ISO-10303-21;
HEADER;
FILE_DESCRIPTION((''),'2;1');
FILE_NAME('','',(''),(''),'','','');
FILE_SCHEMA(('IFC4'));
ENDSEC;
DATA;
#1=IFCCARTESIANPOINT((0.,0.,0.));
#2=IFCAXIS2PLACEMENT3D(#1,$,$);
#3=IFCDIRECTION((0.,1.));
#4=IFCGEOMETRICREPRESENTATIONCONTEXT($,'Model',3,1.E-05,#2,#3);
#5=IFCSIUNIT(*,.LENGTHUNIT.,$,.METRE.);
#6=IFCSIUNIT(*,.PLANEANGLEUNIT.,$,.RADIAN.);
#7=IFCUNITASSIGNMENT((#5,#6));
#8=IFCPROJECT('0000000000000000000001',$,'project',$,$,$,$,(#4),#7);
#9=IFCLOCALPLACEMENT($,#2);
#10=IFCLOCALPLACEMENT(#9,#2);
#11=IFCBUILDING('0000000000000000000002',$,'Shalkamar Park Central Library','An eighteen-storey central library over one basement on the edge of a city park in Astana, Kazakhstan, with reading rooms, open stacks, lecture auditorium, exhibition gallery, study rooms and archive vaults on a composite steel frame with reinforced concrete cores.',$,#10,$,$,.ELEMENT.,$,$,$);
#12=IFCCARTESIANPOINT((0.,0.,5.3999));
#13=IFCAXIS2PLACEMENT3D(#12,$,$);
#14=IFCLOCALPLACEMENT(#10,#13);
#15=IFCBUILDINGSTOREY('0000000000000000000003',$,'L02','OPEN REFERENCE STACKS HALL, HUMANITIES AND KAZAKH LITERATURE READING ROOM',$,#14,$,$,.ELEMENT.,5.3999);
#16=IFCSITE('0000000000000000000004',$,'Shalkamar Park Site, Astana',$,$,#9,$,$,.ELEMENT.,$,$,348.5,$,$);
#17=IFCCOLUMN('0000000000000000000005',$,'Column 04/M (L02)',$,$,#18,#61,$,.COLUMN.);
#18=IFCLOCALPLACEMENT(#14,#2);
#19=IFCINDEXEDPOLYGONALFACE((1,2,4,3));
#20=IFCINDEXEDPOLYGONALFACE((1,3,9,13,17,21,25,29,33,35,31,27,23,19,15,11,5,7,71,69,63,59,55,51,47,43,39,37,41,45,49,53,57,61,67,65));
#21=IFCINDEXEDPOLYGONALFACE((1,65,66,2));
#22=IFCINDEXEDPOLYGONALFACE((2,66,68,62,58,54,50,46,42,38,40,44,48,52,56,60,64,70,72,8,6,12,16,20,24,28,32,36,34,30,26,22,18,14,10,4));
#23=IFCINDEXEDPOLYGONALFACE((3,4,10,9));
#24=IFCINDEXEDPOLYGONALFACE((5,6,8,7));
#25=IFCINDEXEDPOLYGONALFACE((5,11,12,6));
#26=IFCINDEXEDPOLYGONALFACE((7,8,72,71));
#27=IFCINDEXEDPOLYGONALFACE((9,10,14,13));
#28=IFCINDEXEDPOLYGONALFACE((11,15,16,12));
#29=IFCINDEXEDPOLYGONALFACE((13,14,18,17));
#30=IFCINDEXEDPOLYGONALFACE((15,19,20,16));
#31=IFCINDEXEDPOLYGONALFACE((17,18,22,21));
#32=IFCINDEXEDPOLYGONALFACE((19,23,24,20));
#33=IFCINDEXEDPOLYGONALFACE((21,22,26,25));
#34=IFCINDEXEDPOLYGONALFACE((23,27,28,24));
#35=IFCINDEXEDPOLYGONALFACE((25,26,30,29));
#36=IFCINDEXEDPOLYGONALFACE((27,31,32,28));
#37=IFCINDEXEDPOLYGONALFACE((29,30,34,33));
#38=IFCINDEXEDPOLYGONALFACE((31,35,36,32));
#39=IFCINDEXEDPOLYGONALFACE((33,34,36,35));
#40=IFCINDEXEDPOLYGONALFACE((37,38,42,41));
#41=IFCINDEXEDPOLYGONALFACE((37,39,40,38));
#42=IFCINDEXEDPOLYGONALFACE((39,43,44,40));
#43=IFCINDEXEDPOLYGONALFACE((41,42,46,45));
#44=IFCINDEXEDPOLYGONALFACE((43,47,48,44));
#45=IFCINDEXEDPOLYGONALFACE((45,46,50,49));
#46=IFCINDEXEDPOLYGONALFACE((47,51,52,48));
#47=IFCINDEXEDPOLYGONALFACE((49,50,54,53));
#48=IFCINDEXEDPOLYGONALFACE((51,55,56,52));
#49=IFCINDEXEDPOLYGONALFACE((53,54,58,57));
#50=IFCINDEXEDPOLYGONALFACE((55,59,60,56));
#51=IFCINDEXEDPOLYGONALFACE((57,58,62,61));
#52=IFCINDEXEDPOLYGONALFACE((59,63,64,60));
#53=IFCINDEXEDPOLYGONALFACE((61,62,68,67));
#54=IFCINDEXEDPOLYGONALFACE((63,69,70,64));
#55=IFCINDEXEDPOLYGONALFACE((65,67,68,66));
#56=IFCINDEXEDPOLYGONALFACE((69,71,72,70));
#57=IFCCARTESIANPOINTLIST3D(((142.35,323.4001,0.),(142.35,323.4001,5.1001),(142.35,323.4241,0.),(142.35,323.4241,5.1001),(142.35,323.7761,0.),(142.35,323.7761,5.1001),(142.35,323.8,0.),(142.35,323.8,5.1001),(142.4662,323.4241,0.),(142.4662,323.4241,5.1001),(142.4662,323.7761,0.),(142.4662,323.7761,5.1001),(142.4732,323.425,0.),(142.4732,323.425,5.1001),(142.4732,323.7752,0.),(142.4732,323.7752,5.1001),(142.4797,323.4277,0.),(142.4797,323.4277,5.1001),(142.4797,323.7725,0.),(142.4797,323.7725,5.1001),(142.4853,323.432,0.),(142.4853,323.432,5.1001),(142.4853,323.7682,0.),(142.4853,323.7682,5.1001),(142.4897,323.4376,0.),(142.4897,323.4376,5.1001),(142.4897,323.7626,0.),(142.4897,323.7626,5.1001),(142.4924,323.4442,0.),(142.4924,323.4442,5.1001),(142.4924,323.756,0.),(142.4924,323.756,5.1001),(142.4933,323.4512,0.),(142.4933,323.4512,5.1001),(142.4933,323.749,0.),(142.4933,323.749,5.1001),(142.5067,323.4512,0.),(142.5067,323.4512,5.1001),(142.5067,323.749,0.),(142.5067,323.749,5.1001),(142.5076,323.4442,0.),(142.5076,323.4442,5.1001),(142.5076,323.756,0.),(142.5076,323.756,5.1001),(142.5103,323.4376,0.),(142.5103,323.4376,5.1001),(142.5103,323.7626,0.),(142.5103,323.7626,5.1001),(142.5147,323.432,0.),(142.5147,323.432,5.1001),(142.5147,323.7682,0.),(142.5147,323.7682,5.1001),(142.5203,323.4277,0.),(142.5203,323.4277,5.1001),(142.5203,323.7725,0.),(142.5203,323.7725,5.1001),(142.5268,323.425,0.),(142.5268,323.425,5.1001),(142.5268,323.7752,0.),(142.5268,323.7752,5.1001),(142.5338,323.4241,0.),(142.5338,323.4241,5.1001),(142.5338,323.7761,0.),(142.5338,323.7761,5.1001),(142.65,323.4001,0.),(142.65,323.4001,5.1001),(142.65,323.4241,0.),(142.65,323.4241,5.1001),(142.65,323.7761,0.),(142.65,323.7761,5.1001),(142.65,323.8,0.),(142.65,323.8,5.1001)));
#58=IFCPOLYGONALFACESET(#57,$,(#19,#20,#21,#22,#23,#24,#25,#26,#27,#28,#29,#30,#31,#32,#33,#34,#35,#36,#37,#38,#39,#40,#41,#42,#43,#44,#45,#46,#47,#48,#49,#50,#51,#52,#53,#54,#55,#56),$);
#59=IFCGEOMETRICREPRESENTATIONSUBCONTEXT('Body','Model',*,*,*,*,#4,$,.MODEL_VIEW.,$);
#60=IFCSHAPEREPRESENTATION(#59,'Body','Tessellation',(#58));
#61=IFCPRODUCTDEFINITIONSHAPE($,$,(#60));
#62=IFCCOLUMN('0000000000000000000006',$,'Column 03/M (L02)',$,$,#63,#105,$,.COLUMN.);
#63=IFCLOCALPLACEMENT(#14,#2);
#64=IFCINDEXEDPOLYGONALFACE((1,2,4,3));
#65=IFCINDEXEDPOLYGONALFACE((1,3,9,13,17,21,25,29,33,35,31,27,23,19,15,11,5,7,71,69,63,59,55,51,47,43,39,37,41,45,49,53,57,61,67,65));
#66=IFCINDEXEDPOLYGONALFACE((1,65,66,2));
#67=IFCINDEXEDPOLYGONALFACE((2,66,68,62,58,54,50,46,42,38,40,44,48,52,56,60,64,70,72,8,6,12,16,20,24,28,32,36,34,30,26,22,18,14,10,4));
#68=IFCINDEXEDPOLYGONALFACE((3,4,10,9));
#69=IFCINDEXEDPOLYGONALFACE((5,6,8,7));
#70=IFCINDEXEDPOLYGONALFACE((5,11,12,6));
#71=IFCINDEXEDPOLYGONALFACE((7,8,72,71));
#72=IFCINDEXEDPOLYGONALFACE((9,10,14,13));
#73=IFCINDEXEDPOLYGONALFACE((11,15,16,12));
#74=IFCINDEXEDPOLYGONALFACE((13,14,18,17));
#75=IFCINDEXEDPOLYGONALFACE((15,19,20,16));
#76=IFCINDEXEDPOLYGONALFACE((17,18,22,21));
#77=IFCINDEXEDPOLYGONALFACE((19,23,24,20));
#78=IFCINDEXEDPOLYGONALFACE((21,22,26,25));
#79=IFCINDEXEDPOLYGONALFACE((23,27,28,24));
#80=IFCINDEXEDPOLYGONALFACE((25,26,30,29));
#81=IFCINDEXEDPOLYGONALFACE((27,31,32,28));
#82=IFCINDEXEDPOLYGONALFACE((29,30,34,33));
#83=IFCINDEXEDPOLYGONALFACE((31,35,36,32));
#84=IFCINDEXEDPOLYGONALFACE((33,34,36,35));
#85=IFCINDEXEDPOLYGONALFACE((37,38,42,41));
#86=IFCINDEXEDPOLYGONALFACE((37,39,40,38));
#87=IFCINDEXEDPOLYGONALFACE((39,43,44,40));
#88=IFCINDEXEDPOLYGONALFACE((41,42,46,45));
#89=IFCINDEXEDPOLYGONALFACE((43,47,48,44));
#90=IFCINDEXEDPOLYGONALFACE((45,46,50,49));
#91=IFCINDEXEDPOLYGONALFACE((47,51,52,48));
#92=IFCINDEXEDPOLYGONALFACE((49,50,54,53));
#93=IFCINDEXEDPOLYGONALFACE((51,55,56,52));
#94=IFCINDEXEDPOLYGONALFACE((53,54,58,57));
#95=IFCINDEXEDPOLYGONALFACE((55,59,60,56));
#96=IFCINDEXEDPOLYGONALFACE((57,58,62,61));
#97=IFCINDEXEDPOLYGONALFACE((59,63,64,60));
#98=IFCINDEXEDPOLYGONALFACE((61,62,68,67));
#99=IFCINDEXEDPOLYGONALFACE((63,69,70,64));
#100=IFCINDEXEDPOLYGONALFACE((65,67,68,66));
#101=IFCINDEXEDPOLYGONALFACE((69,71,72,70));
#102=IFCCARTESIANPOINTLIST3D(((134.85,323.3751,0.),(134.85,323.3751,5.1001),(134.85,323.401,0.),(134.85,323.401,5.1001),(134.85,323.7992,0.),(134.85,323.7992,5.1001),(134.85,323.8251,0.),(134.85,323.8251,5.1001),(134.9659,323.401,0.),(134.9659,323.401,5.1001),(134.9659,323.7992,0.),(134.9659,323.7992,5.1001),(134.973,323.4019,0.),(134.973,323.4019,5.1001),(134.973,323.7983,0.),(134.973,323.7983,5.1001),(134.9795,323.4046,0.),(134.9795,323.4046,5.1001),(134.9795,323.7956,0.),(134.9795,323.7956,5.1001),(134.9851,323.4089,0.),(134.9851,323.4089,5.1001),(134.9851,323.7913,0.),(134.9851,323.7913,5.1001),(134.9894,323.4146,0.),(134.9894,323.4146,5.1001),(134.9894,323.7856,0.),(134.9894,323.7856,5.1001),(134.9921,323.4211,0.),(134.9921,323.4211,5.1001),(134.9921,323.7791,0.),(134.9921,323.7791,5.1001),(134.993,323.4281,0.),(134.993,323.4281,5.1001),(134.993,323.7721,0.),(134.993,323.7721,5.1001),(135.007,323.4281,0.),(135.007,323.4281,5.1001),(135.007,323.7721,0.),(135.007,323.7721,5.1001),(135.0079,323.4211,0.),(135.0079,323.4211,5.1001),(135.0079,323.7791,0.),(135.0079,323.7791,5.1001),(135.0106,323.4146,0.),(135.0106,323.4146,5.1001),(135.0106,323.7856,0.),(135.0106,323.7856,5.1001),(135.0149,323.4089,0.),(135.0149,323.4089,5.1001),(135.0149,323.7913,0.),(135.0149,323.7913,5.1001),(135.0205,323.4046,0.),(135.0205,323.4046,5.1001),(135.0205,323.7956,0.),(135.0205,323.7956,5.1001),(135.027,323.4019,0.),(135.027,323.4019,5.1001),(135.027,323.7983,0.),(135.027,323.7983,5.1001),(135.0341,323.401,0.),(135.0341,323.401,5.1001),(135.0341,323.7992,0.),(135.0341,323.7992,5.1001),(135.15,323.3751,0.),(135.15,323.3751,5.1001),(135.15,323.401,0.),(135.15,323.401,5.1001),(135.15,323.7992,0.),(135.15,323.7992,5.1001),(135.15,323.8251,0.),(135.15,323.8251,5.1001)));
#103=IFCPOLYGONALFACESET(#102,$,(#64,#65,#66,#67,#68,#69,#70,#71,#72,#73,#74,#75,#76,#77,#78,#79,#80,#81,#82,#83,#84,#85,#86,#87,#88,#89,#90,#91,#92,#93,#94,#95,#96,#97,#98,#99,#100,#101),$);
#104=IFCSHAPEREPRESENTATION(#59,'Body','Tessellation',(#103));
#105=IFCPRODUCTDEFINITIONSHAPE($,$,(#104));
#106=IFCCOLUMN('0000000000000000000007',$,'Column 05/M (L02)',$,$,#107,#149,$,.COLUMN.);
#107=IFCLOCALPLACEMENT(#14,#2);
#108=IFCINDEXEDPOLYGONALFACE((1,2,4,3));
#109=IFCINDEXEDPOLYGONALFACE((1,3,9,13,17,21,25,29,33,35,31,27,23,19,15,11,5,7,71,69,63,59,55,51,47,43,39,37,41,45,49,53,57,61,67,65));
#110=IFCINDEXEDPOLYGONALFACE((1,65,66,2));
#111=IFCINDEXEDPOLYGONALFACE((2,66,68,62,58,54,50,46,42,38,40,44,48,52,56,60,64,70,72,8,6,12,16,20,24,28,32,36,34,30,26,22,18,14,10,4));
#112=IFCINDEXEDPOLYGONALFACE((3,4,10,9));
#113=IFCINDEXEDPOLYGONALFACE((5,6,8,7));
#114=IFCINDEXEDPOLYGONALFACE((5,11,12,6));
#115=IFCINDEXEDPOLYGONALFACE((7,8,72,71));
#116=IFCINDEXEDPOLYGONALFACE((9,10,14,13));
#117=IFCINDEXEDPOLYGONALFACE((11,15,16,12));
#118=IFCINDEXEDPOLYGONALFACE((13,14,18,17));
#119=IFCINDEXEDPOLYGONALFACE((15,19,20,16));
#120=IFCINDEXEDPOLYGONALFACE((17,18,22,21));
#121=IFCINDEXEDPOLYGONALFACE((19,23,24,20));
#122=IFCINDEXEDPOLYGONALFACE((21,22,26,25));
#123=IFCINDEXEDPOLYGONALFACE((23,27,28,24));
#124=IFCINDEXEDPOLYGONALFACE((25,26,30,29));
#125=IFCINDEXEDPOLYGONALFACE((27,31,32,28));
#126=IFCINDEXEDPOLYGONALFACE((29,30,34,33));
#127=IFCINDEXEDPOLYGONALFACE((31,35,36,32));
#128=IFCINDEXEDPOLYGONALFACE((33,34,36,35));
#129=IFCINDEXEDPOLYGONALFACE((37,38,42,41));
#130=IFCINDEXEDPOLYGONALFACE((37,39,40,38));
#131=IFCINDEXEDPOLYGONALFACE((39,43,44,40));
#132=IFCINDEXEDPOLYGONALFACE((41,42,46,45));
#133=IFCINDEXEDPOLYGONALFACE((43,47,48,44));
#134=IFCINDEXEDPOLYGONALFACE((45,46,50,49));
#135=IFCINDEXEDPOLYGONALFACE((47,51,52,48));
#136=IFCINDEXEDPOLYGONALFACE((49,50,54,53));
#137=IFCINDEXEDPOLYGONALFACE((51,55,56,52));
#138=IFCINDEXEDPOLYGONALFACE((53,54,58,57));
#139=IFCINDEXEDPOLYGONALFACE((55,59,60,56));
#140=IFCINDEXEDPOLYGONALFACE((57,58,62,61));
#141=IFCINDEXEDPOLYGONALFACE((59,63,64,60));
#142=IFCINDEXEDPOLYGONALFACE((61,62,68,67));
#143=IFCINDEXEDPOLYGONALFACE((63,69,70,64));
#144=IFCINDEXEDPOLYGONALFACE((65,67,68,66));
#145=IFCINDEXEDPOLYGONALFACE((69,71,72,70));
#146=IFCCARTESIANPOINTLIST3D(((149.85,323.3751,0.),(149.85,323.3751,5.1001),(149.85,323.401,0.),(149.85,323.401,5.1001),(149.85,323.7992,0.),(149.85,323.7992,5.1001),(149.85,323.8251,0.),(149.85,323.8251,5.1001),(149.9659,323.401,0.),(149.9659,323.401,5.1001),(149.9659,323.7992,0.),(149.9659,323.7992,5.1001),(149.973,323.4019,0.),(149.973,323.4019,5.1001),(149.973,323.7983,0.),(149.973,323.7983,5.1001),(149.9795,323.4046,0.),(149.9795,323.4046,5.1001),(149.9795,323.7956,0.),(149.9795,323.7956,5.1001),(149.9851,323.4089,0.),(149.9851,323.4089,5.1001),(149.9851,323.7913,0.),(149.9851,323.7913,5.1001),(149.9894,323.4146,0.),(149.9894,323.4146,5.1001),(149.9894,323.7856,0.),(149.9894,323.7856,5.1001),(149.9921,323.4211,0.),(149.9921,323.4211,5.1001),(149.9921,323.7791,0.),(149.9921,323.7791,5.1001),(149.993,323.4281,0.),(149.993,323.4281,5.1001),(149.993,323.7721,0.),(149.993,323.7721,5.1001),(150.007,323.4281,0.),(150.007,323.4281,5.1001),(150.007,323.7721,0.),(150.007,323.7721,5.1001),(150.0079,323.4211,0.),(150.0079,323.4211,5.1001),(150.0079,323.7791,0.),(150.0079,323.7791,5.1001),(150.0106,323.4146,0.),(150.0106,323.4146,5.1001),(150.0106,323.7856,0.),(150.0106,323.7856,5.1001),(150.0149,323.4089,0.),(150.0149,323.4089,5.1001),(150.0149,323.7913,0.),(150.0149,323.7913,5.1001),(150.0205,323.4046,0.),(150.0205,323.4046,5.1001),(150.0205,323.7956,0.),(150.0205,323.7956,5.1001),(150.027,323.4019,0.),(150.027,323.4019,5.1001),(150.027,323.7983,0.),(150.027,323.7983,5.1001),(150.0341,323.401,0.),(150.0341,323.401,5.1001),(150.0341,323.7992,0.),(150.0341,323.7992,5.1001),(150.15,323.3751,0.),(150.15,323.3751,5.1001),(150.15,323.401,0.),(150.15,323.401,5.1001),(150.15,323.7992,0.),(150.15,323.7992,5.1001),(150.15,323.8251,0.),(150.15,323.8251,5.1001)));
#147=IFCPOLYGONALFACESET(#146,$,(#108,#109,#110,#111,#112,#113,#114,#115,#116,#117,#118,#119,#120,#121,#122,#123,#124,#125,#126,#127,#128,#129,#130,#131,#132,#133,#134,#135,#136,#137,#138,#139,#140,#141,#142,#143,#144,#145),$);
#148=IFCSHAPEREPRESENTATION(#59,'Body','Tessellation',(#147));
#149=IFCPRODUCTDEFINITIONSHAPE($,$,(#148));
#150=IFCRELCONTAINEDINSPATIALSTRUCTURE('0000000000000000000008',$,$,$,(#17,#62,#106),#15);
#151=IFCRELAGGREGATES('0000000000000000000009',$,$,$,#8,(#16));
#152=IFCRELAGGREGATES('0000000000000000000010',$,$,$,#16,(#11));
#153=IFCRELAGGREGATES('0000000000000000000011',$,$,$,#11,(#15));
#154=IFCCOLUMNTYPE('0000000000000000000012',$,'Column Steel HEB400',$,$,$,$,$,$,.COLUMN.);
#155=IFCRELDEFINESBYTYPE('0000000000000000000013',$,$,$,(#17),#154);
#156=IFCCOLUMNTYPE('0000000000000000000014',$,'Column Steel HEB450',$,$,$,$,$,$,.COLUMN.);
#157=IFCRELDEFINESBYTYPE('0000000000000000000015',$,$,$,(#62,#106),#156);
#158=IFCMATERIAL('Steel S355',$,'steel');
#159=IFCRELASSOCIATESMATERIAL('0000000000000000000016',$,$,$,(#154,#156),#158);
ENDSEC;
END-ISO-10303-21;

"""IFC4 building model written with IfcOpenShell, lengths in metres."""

from ifc_helpers import new_model, si_unit, direction, frame, origin, origin_2d, place, context, subcontext, project, spatial, i_section, extrude, material, material_profile, profile_set, type_object, element, save


model = new_model("IFC4")

# Units and contexts
model_context = context("Model", 3, precision=1e-05, world=origin(), true_north=direction((0.0, 1.0)))
body_context = subcontext(model_context, "Body", "Model", "MODEL_VIEW")
ifc_project = project(units=[si_unit("LENGTHUNIT", "METRE"), si_unit("PLANEANGLEUNIT", "RADIAN")], contexts=[model_context])

# Site, building, storey
site_placement = place(None, origin())
site = spatial("IfcSite", under=ifc_project, at=site_placement, Name="Shalkamar Park Site, Astana", CompositionType="ELEMENT", RefElevation=348.5)
building_placement = place(site_placement, origin())
building = spatial("IfcBuilding", under=site, at=building_placement, Name="Shalkamar Park Central Library", Description="An eighteen-storey central library over one basement on the edge of a city park in Astana, Kazakhstan, with reading rooms, open stacks, lecture auditorium, exhibition gallery, study rooms and archive vaults on a composite steel frame with reinforced concrete cores.", CompositionType="ELEMENT")
storey_placement = place(building_placement, frame((0.0, 0.0, 5.3999)))
storey = spatial("IfcBuildingStorey", under=building, at=storey_placement, Name="L02", Description="OPEN REFERENCE STACKS HALL, HUMANITIES AND KAZAKH LITERATURE READING ROOM", CompositionType="ELEMENT", Elevation=5.3999)

# Columns
ifc_material_1 = material(Name="Steel S355", Category="steel")
ifc_material_profile_1 = material_profile(ifc_material_1, i_section(OverallWidth=0.3, OverallDepth=0.3999, WebThickness=0.0134, FlangeThickness=0.0239, FilletRadius=0.0271, at=origin_2d()), Name="HEB 400")
ifc_profile_set_1 = profile_set([ifc_material_profile_1], Name="Steel S355")
column_type_1 = type_object("IfcColumnType", Name="Column Steel HEB400", PredefinedType="COLUMN", material=ifc_profile_set_1)
column_placement = place(storey_placement, frame((142.5, 323.6001, 0.0), z_axis=(0.0, 0.0, 1.0), x_axis=(1.0, 0.0, 0.0)))
element("IfcColumn", 1, at=column_placement, inside=storey, type_object=column_type_1, Name="Column 04/M (L02)", PredefinedType="COLUMN", context=body_context, shape_type="SweptSolid", body=[
    extrude(i_section(OverallWidth=0.3, OverallDepth=0.3999, WebThickness=0.0134, FlangeThickness=0.0239, FilletRadius=0.0271, at=origin_2d()), origin(), (0.0, 0.0, 1.0), 5.1001),
])
ifc_material_profile_2 = material_profile(ifc_material_1, i_section(OverallWidth=0.3, OverallDepth=0.45, WebThickness=0.0139, FlangeThickness=0.0259, FilletRadius=0.0271, at=origin_2d()), Name="HEB 450")
ifc_profile_set_2 = profile_set([ifc_material_profile_2], Name="Steel S355")
column_type_2 = type_object("IfcColumnType", Name="Column Steel HEB450", PredefinedType="COLUMN", material=ifc_profile_set_2)
for number, where, z_axis, x_axis, name in (
    (2, (135.0, 323.6001, 0.0), (0.0, 0.0, 1.0), (1.0, 0.0, 0.0), "Column 03/M (L02)"),
    (3, (150.0, 323.6001, 0.0), (0.0, 0.0, 1.0), (1.0, 0.0, 0.0), "Column 05/M (L02)"),
):
    element("IfcColumn", number, at=place(storey_placement, frame(where, z_axis=z_axis, x_axis=x_axis)), inside=storey, type_object=column_type_2, Name=name, PredefinedType="COLUMN", context=body_context, shape_type="SweptSolid", body=[
        extrude(i_section(OverallWidth=0.3, OverallDepth=0.45, WebThickness=0.0139, FlangeThickness=0.0259, FilletRadius=0.0271, at=origin_2d()), origin(), (0.0, 0.0, 1.0), 5.1001),
    ])

save(model, "model.ifc")
